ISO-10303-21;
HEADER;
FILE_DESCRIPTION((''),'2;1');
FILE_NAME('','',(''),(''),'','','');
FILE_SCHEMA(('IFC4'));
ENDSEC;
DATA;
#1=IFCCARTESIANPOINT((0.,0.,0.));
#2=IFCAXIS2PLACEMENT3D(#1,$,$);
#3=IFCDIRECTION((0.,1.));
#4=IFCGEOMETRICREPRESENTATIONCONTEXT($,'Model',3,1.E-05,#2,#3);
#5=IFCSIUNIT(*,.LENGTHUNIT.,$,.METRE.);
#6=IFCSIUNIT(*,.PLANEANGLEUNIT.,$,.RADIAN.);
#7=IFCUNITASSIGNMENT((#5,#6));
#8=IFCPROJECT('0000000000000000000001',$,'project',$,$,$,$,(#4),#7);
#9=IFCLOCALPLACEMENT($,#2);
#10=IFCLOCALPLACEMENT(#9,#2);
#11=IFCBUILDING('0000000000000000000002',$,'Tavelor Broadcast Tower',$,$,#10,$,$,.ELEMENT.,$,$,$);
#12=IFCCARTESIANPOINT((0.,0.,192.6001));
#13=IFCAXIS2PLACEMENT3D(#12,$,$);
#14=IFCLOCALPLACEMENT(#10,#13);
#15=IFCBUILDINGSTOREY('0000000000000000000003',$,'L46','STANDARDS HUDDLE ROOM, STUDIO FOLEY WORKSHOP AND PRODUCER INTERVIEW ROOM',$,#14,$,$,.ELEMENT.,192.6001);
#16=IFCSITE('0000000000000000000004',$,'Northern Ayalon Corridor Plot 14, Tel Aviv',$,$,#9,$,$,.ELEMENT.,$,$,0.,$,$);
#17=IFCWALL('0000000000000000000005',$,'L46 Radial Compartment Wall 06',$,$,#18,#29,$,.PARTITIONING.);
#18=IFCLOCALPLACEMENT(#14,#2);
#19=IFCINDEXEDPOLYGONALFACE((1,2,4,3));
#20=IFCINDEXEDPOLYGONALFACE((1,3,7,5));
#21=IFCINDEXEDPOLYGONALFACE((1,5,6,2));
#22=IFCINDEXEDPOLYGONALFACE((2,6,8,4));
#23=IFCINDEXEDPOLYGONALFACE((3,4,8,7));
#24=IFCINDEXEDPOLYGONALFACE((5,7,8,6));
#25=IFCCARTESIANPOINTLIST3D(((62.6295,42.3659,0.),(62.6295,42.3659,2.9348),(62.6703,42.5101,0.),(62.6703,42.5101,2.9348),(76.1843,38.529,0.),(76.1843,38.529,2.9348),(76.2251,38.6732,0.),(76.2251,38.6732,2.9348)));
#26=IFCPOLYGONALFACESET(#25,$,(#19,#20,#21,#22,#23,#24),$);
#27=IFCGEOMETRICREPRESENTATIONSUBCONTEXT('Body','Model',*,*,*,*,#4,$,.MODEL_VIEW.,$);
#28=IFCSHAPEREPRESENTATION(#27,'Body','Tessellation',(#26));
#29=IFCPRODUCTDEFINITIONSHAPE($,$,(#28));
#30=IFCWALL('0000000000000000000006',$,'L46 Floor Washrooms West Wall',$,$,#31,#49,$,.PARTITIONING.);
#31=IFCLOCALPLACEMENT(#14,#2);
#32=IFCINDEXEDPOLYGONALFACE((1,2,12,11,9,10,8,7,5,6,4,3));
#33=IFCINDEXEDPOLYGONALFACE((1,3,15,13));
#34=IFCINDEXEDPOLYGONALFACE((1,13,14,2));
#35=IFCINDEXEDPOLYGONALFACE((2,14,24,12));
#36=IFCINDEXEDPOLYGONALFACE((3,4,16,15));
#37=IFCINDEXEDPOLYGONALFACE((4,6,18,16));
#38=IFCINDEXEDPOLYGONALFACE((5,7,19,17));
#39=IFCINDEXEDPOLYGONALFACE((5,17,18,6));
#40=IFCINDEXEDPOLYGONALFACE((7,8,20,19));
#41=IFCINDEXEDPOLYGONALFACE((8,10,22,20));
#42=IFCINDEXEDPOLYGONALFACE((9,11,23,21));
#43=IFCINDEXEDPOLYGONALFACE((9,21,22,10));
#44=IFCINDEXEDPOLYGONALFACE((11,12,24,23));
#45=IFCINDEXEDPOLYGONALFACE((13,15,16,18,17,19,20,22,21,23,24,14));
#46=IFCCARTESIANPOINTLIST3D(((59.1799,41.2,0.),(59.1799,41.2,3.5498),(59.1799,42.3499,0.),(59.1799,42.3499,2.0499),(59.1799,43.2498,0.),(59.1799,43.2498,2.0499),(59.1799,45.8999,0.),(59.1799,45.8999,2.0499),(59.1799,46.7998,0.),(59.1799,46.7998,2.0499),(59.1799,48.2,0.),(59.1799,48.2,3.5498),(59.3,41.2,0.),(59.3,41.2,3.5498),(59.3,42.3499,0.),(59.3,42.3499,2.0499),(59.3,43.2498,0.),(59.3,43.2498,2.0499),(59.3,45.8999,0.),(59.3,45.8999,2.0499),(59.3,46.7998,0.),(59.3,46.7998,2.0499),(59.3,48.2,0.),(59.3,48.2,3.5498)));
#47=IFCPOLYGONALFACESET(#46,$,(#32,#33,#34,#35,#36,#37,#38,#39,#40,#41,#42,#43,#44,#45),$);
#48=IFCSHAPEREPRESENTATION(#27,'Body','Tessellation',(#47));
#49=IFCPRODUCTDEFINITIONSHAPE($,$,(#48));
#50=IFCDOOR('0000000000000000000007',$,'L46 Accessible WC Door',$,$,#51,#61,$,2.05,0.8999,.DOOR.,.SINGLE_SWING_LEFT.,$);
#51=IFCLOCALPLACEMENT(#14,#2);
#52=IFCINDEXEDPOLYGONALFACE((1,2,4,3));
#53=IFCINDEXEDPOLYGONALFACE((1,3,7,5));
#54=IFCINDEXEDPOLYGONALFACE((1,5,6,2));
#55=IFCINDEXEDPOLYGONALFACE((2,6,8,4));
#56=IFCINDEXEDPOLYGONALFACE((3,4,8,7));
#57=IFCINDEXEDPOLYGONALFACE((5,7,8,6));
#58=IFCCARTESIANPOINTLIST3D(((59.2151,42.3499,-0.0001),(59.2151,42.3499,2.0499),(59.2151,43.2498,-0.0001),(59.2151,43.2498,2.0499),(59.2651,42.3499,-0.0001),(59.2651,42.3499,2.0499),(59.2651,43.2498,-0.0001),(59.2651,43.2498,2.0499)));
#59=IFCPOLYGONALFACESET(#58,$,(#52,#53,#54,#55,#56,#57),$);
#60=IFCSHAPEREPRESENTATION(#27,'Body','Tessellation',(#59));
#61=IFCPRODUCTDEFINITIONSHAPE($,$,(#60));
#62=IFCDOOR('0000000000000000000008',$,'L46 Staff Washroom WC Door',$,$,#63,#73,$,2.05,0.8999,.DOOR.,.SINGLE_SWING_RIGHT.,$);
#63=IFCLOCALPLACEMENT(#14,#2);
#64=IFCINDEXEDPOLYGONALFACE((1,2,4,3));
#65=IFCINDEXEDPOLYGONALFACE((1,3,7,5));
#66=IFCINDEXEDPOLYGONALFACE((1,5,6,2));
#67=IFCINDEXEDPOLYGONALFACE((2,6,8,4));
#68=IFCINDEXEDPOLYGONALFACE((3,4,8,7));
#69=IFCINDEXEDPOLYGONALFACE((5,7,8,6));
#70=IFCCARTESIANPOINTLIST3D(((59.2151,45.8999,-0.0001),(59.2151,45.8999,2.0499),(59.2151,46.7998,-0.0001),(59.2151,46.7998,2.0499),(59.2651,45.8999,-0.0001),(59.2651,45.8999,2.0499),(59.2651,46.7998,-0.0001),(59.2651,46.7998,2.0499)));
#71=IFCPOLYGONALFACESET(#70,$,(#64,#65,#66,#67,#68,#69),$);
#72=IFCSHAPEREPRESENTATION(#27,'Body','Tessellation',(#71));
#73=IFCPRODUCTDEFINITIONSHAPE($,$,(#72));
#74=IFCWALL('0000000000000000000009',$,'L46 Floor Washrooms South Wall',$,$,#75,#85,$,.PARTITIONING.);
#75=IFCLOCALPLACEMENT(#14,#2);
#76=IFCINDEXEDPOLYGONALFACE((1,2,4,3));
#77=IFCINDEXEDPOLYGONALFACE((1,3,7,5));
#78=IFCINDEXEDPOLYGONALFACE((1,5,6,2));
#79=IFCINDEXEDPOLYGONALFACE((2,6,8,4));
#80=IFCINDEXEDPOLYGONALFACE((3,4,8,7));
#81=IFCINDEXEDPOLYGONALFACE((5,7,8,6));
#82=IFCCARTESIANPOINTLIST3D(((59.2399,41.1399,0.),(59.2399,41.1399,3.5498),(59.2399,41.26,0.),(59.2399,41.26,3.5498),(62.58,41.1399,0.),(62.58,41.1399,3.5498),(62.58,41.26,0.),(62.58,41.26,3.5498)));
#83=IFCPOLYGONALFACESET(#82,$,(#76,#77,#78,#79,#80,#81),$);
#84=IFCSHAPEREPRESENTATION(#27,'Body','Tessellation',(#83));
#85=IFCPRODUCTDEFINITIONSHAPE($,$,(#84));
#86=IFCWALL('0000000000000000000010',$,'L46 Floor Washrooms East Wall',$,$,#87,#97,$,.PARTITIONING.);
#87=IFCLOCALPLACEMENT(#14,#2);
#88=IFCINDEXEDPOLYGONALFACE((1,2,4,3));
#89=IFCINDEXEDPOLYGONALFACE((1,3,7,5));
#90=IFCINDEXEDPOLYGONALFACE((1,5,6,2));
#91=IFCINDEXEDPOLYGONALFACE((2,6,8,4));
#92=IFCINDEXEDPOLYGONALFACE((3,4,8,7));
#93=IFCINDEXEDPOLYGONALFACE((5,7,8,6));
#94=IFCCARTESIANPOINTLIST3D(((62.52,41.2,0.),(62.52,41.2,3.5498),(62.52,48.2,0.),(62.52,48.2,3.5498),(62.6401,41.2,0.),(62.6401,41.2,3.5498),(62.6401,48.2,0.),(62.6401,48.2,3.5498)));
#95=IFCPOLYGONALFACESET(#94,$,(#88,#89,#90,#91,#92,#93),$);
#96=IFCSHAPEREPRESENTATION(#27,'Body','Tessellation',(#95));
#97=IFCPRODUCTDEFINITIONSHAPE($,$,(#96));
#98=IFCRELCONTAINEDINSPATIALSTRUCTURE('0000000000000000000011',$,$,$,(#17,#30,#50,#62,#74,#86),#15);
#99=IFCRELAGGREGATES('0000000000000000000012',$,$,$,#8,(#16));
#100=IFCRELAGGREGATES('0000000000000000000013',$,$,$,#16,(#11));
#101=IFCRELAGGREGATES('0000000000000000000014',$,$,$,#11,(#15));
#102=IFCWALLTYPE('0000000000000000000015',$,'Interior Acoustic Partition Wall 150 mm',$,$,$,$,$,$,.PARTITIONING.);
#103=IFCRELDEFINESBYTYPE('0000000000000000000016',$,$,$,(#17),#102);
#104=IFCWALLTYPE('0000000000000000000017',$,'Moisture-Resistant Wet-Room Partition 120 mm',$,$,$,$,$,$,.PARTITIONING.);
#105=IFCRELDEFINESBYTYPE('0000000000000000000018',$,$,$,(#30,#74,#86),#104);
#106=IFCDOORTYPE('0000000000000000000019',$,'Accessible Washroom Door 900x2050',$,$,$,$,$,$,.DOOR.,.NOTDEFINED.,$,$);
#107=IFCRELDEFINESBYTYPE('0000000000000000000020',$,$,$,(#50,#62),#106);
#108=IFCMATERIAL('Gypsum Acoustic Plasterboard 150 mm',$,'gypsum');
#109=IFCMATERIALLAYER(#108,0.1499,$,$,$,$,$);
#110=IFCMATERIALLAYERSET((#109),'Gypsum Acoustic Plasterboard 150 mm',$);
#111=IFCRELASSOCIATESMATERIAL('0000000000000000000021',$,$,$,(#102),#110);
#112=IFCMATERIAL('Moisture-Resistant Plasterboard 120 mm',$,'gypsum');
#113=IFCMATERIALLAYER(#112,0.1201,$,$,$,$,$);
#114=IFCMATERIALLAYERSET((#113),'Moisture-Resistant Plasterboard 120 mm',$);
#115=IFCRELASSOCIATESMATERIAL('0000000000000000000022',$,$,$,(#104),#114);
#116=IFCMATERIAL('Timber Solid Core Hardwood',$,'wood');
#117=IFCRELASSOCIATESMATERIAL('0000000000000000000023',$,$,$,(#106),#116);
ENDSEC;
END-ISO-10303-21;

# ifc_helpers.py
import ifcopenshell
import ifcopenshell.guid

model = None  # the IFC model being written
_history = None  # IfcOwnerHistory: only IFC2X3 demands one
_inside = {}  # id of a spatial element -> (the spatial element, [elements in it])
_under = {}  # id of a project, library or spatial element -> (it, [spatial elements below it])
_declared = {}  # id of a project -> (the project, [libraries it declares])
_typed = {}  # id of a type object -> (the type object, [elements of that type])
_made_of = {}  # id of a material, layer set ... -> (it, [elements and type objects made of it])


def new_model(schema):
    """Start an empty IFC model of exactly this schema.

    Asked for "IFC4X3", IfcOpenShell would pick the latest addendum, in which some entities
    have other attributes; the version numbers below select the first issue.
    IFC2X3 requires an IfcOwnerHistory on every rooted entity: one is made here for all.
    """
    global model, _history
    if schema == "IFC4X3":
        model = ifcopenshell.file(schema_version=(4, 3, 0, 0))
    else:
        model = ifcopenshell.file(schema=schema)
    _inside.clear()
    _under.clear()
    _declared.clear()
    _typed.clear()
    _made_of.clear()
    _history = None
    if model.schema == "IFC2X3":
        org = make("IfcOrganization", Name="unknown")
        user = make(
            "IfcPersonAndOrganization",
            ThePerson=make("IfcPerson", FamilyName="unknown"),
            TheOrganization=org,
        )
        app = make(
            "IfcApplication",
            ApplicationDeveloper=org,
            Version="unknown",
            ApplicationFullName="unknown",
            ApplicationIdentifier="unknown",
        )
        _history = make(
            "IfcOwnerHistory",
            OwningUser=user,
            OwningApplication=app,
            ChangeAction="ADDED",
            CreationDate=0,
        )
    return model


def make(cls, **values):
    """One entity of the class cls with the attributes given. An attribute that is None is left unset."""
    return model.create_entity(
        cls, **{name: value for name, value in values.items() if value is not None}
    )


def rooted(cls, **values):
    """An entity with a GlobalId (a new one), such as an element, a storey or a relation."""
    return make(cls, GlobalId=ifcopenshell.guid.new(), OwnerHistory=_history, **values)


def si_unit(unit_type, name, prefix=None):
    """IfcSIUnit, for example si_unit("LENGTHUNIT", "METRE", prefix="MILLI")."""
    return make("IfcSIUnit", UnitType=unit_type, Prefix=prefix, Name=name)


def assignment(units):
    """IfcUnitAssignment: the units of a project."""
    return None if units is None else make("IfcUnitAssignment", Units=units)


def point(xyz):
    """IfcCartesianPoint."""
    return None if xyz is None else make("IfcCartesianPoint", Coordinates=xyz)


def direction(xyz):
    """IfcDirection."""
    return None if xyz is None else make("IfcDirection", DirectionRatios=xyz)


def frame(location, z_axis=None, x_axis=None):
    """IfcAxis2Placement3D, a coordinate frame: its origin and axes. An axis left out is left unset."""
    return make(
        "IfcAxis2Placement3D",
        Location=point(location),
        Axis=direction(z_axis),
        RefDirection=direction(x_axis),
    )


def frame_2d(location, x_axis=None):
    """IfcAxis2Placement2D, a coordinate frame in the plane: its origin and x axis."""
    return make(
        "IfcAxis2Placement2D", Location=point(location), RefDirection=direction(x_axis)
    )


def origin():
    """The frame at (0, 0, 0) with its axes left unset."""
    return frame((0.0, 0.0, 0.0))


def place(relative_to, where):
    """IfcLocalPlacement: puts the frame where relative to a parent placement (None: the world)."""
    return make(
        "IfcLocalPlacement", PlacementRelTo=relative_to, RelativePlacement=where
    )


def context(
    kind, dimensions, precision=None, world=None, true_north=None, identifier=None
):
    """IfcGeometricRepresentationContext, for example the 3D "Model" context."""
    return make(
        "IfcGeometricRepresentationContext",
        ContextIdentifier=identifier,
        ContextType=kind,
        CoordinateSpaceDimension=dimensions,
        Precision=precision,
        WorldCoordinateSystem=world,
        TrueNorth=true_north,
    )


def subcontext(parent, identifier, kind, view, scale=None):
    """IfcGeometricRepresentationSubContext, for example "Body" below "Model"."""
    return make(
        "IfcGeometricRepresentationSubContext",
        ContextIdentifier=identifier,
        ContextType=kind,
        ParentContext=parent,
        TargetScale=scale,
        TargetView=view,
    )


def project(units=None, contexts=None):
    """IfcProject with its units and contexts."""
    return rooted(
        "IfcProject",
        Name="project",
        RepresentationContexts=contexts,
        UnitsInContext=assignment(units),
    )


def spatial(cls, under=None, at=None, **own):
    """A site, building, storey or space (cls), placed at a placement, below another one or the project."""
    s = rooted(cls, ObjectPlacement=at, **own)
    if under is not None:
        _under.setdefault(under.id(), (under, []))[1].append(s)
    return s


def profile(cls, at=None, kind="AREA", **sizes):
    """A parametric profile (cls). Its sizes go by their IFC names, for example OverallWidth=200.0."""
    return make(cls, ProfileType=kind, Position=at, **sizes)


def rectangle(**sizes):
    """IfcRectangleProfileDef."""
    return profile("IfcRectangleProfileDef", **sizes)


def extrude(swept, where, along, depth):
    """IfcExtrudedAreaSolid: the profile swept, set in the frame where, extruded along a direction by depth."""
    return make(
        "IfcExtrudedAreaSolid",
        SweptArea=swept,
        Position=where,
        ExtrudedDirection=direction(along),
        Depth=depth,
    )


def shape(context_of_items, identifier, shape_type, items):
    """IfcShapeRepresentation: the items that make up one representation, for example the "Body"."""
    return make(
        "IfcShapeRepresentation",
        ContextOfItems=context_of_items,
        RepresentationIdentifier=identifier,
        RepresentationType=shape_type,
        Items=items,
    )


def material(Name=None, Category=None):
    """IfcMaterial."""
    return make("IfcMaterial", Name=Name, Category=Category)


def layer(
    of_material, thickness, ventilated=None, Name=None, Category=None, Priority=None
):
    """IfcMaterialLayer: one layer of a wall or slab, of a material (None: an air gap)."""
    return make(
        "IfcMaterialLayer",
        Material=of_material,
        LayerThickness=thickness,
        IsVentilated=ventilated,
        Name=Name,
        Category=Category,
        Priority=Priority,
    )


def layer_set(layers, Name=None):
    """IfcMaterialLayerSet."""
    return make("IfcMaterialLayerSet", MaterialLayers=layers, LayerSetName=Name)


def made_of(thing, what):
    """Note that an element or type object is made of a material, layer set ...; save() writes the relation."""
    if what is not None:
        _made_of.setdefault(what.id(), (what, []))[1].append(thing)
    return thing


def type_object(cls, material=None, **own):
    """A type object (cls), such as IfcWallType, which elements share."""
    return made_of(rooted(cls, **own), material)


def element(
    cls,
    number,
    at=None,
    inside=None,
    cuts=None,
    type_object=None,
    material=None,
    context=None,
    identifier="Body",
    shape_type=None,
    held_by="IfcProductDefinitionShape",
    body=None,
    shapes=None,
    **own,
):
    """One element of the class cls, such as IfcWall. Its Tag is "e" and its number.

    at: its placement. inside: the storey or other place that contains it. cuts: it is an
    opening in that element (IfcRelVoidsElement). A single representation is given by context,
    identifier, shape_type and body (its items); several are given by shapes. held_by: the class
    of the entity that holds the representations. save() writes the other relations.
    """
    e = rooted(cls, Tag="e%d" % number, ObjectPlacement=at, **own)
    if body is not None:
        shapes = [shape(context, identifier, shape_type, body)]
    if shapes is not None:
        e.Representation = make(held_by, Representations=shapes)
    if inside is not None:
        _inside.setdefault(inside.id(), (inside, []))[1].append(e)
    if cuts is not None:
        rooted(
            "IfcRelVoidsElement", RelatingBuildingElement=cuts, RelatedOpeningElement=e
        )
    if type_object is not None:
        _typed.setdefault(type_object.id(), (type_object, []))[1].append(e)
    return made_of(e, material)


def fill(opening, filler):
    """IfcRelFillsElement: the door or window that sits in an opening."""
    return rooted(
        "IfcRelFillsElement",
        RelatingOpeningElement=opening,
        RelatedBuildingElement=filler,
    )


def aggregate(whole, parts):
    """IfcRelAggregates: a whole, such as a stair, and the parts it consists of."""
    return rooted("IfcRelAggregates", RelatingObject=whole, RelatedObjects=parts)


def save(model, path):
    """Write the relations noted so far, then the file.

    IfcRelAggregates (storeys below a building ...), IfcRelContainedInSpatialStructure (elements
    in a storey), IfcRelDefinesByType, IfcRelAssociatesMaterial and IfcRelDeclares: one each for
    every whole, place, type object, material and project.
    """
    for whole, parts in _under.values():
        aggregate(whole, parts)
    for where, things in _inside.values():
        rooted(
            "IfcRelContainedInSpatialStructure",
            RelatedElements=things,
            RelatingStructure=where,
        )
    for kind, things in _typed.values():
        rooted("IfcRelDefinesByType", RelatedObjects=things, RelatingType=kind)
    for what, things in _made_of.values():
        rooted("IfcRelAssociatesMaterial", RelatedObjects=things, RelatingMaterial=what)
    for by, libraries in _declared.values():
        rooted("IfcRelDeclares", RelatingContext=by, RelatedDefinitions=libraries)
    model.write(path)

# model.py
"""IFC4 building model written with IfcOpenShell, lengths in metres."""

from ifc_helpers import new_model, si_unit, direction, frame, frame_2d, origin, place, context, subcontext, project, spatial, rectangle, extrude, material, layer, layer_set, type_object, element, fill, save


model = new_model("IFC4")

# Units and contexts
model_context = context("Model", 3, precision=1e-05, world=origin(), true_north=direction((0.0, 1.0)))
body_context = subcontext(model_context, "Body", "Model", "MODEL_VIEW")
ifc_project = project(units=[si_unit("LENGTHUNIT", "METRE"), si_unit("PLANEANGLEUNIT", "RADIAN")], contexts=[model_context])

# Site, building, storey
site_placement = place(None, origin())
site = spatial("IfcSite", under=ifc_project, at=site_placement, Name="Northern Ayalon Corridor Plot 14, Tel Aviv", CompositionType="ELEMENT", RefElevation=0.0)
building_placement = place(site_placement, origin())
building = spatial("IfcBuilding", under=site, at=building_placement, Name="Tavelor Broadcast Tower", CompositionType="ELEMENT")
storey_placement = place(building_placement, frame((0.0, 0.0, 192.6001)))
storey = spatial("IfcBuildingStorey", under=building, at=storey_placement, Name="L46", Description="STANDARDS HUDDLE ROOM, STUDIO FOLEY WORKSHOP AND PRODUCER INTERVIEW ROOM", CompositionType="ELEMENT", Elevation=192.6001)

# Shared definitions
ifc_material_1 = material(Name="Timber Solid Core Hardwood", Category="wood")

# Wall
ifc_material_2 = material(Name="Gypsum Acoustic Plasterboard 150 mm", Category="gypsum")
ifc_layer_1 = layer(ifc_material_2, 0.1499)
ifc_layer_set_1 = layer_set([ifc_layer_1], Name="Gypsum Acoustic Plasterboard 150 mm")
wall_type_1 = type_object("IfcWallType", Name="Interior Acoustic Partition Wall 150 mm", PredefinedType="PARTITIONING", material=ifc_layer_set_1)
wall_1_placement = place(storey_placement, frame((62.6499, 42.438, 0.0), z_axis=(0.0, 0.0, 1.0), x_axis=(0.962195, -0.272363, 0.0)))
element("IfcWall", 1, at=wall_1_placement, inside=storey, type_object=wall_type_1, Name="L46 Radial Compartment Wall 06", PredefinedType="PARTITIONING", context=body_context, shape_type="SweptSolid", body=[
    extrude(rectangle(XDim=14.0874, YDim=0.1499, at=frame_2d((7.0437, 0.0))), origin(), (0.0, 0.0, 1.0), 2.9348),
])

# Wall, openings, doors
ifc_material_3 = material(Name="Moisture-Resistant Plasterboard 120 mm", Category="gypsum")
ifc_layer_2 = layer(ifc_material_3, 0.1201)
ifc_layer_set_2 = layer_set([ifc_layer_2], Name="Moisture-Resistant Plasterboard 120 mm")
wall_type_2 = type_object("IfcWallType", Name="Moisture-Resistant Wet-Room Partition 120 mm", PredefinedType="PARTITIONING", material=ifc_layer_set_2)
wall_2_placement = place(storey_placement, frame((59.24, 41.2, 0.0), z_axis=(0.0, 0.0, 1.0), x_axis=(0.0, 1.0, 0.0)))
wall_2 = element("IfcWall", 2, at=wall_2_placement, inside=storey, type_object=wall_type_2, Name="L46 Floor Washrooms West Wall", PredefinedType="PARTITIONING", context=body_context, shape_type="SweptSolid", body=[
    extrude(rectangle(XDim=7.0, YDim=0.1201, at=frame_2d((3.5, 0.0))), origin(), (0.0, 0.0, 1.0), 3.5498),
])
opening_1_placement = place(wall_2_placement, frame((1.1499, 0.0, 0.0)))
opening_1 = element("IfcOpeningElement", 3, at=opening_1_placement, cuts=wall_2, PredefinedType="OPENING", context=body_context, shape_type="SweptSolid", body=[
    extrude(rectangle(XDim=0.8999, YDim=2.05, at=frame_2d((0.45, 1.0249))), frame((0.0, 0.0701, 0.0), z_axis=(0.0, -1.0, 0.0), x_axis=(1.0, 0.0, 0.0)), (0.0, 0.0, 1.0), 0.1401),
])
opening_2_placement = place(wall_2_placement, frame((4.7, 0.0, 0.0)))
opening_2 = element("IfcOpeningElement", 4, at=opening_2_placement, cuts=wall_2, PredefinedType="OPENING", context=body_context, shape_type="SweptSolid", body=[
    extrude(rectangle(XDim=0.8999, YDim=2.05, at=frame_2d((0.45, 1.0249))), frame((0.0, 0.0701, 0.0), z_axis=(0.0, -1.0, 0.0), x_axis=(1.0, 0.0, 0.0)), (0.0, 0.0, 1.0), 0.1401),
])
door_type_1 = type_object("IfcDoorType", Name="Accessible Washroom Door 900x2050", OperationType="NOTDEFINED", PredefinedType="DOOR", material=ifc_material_1)
door_1_placement = place(opening_1_placement, origin())
door_1 = element("IfcDoor", 5, at=door_1_placement, inside=storey, type_object=door_type_1, Name="L46 Accessible WC Door", OperationType="SINGLE_SWING_LEFT", OverallHeight=2.05, OverallWidth=0.8999, PredefinedType="DOOR", context=body_context, shape_type="SweptSolid", body=[
    extrude(rectangle(XDim=0.8999, YDim=2.05, at=frame_2d((0.45, 1.0249))), frame((0.0, 0.0249, 0.0), z_axis=(0.0, -1.0, 0.0), x_axis=(1.0, 0.0, 0.0)), (0.0, 0.0, 1.0), 0.05),
])
fill(opening_1, door_1)
door_2_placement = place(opening_2_placement, origin())
door_2 = element("IfcDoor", 6, at=door_2_placement, inside=storey, type_object=door_type_1, Name="L46 Staff Washroom WC Door", OperationType="SINGLE_SWING_RIGHT", OverallHeight=2.05, OverallWidth=0.8999, PredefinedType="DOOR", context=body_context, shape_type="SweptSolid", body=[
    extrude(rectangle(XDim=0.8999, YDim=2.05, at=frame_2d((0.45, 1.0249))), frame((0.0, 0.0249, 0.0), z_axis=(0.0, -1.0, 0.0), x_axis=(1.0, 0.0, 0.0)), (0.0, 0.0, 1.0), 0.05),
])
fill(opening_2, door_2)

# Walls
wall_3_placement = place(storey_placement, frame((59.24, 41.2, 0.0), z_axis=(0.0, 0.0, 1.0), x_axis=(1.0, 0.0, 0.0)))
element("IfcWall", 7, at=wall_3_placement, inside=storey, type_object=wall_type_2, Name="L46 Floor Washrooms South Wall", PredefinedType="PARTITIONING", context=body_context, shape_type="SweptSolid", body=[
    extrude(rectangle(XDim=3.3401, YDim=0.1201, at=frame_2d((1.6699, 0.0))), origin(), (0.0, 0.0, 1.0), 3.5498),
])
wall_4_placement = place(storey_placement, frame((62.5801, 41.2, 0.0), z_axis=(0.0, 0.0, 1.0), x_axis=(0.0, 1.0, 0.0)))
element("IfcWall", 8, at=wall_4_placement, inside=storey, type_object=wall_type_2, Name="L46 Floor Washrooms East Wall", PredefinedType="PARTITIONING", context=body_context, shape_type="SweptSolid", body=[
    extrude(rectangle(XDim=7.0, YDim=0.1201, at=frame_2d((3.5, 0.0))), origin(), (0.0, 0.0, 1.0), 3.5498),
])

save(model, "model.ifc")
